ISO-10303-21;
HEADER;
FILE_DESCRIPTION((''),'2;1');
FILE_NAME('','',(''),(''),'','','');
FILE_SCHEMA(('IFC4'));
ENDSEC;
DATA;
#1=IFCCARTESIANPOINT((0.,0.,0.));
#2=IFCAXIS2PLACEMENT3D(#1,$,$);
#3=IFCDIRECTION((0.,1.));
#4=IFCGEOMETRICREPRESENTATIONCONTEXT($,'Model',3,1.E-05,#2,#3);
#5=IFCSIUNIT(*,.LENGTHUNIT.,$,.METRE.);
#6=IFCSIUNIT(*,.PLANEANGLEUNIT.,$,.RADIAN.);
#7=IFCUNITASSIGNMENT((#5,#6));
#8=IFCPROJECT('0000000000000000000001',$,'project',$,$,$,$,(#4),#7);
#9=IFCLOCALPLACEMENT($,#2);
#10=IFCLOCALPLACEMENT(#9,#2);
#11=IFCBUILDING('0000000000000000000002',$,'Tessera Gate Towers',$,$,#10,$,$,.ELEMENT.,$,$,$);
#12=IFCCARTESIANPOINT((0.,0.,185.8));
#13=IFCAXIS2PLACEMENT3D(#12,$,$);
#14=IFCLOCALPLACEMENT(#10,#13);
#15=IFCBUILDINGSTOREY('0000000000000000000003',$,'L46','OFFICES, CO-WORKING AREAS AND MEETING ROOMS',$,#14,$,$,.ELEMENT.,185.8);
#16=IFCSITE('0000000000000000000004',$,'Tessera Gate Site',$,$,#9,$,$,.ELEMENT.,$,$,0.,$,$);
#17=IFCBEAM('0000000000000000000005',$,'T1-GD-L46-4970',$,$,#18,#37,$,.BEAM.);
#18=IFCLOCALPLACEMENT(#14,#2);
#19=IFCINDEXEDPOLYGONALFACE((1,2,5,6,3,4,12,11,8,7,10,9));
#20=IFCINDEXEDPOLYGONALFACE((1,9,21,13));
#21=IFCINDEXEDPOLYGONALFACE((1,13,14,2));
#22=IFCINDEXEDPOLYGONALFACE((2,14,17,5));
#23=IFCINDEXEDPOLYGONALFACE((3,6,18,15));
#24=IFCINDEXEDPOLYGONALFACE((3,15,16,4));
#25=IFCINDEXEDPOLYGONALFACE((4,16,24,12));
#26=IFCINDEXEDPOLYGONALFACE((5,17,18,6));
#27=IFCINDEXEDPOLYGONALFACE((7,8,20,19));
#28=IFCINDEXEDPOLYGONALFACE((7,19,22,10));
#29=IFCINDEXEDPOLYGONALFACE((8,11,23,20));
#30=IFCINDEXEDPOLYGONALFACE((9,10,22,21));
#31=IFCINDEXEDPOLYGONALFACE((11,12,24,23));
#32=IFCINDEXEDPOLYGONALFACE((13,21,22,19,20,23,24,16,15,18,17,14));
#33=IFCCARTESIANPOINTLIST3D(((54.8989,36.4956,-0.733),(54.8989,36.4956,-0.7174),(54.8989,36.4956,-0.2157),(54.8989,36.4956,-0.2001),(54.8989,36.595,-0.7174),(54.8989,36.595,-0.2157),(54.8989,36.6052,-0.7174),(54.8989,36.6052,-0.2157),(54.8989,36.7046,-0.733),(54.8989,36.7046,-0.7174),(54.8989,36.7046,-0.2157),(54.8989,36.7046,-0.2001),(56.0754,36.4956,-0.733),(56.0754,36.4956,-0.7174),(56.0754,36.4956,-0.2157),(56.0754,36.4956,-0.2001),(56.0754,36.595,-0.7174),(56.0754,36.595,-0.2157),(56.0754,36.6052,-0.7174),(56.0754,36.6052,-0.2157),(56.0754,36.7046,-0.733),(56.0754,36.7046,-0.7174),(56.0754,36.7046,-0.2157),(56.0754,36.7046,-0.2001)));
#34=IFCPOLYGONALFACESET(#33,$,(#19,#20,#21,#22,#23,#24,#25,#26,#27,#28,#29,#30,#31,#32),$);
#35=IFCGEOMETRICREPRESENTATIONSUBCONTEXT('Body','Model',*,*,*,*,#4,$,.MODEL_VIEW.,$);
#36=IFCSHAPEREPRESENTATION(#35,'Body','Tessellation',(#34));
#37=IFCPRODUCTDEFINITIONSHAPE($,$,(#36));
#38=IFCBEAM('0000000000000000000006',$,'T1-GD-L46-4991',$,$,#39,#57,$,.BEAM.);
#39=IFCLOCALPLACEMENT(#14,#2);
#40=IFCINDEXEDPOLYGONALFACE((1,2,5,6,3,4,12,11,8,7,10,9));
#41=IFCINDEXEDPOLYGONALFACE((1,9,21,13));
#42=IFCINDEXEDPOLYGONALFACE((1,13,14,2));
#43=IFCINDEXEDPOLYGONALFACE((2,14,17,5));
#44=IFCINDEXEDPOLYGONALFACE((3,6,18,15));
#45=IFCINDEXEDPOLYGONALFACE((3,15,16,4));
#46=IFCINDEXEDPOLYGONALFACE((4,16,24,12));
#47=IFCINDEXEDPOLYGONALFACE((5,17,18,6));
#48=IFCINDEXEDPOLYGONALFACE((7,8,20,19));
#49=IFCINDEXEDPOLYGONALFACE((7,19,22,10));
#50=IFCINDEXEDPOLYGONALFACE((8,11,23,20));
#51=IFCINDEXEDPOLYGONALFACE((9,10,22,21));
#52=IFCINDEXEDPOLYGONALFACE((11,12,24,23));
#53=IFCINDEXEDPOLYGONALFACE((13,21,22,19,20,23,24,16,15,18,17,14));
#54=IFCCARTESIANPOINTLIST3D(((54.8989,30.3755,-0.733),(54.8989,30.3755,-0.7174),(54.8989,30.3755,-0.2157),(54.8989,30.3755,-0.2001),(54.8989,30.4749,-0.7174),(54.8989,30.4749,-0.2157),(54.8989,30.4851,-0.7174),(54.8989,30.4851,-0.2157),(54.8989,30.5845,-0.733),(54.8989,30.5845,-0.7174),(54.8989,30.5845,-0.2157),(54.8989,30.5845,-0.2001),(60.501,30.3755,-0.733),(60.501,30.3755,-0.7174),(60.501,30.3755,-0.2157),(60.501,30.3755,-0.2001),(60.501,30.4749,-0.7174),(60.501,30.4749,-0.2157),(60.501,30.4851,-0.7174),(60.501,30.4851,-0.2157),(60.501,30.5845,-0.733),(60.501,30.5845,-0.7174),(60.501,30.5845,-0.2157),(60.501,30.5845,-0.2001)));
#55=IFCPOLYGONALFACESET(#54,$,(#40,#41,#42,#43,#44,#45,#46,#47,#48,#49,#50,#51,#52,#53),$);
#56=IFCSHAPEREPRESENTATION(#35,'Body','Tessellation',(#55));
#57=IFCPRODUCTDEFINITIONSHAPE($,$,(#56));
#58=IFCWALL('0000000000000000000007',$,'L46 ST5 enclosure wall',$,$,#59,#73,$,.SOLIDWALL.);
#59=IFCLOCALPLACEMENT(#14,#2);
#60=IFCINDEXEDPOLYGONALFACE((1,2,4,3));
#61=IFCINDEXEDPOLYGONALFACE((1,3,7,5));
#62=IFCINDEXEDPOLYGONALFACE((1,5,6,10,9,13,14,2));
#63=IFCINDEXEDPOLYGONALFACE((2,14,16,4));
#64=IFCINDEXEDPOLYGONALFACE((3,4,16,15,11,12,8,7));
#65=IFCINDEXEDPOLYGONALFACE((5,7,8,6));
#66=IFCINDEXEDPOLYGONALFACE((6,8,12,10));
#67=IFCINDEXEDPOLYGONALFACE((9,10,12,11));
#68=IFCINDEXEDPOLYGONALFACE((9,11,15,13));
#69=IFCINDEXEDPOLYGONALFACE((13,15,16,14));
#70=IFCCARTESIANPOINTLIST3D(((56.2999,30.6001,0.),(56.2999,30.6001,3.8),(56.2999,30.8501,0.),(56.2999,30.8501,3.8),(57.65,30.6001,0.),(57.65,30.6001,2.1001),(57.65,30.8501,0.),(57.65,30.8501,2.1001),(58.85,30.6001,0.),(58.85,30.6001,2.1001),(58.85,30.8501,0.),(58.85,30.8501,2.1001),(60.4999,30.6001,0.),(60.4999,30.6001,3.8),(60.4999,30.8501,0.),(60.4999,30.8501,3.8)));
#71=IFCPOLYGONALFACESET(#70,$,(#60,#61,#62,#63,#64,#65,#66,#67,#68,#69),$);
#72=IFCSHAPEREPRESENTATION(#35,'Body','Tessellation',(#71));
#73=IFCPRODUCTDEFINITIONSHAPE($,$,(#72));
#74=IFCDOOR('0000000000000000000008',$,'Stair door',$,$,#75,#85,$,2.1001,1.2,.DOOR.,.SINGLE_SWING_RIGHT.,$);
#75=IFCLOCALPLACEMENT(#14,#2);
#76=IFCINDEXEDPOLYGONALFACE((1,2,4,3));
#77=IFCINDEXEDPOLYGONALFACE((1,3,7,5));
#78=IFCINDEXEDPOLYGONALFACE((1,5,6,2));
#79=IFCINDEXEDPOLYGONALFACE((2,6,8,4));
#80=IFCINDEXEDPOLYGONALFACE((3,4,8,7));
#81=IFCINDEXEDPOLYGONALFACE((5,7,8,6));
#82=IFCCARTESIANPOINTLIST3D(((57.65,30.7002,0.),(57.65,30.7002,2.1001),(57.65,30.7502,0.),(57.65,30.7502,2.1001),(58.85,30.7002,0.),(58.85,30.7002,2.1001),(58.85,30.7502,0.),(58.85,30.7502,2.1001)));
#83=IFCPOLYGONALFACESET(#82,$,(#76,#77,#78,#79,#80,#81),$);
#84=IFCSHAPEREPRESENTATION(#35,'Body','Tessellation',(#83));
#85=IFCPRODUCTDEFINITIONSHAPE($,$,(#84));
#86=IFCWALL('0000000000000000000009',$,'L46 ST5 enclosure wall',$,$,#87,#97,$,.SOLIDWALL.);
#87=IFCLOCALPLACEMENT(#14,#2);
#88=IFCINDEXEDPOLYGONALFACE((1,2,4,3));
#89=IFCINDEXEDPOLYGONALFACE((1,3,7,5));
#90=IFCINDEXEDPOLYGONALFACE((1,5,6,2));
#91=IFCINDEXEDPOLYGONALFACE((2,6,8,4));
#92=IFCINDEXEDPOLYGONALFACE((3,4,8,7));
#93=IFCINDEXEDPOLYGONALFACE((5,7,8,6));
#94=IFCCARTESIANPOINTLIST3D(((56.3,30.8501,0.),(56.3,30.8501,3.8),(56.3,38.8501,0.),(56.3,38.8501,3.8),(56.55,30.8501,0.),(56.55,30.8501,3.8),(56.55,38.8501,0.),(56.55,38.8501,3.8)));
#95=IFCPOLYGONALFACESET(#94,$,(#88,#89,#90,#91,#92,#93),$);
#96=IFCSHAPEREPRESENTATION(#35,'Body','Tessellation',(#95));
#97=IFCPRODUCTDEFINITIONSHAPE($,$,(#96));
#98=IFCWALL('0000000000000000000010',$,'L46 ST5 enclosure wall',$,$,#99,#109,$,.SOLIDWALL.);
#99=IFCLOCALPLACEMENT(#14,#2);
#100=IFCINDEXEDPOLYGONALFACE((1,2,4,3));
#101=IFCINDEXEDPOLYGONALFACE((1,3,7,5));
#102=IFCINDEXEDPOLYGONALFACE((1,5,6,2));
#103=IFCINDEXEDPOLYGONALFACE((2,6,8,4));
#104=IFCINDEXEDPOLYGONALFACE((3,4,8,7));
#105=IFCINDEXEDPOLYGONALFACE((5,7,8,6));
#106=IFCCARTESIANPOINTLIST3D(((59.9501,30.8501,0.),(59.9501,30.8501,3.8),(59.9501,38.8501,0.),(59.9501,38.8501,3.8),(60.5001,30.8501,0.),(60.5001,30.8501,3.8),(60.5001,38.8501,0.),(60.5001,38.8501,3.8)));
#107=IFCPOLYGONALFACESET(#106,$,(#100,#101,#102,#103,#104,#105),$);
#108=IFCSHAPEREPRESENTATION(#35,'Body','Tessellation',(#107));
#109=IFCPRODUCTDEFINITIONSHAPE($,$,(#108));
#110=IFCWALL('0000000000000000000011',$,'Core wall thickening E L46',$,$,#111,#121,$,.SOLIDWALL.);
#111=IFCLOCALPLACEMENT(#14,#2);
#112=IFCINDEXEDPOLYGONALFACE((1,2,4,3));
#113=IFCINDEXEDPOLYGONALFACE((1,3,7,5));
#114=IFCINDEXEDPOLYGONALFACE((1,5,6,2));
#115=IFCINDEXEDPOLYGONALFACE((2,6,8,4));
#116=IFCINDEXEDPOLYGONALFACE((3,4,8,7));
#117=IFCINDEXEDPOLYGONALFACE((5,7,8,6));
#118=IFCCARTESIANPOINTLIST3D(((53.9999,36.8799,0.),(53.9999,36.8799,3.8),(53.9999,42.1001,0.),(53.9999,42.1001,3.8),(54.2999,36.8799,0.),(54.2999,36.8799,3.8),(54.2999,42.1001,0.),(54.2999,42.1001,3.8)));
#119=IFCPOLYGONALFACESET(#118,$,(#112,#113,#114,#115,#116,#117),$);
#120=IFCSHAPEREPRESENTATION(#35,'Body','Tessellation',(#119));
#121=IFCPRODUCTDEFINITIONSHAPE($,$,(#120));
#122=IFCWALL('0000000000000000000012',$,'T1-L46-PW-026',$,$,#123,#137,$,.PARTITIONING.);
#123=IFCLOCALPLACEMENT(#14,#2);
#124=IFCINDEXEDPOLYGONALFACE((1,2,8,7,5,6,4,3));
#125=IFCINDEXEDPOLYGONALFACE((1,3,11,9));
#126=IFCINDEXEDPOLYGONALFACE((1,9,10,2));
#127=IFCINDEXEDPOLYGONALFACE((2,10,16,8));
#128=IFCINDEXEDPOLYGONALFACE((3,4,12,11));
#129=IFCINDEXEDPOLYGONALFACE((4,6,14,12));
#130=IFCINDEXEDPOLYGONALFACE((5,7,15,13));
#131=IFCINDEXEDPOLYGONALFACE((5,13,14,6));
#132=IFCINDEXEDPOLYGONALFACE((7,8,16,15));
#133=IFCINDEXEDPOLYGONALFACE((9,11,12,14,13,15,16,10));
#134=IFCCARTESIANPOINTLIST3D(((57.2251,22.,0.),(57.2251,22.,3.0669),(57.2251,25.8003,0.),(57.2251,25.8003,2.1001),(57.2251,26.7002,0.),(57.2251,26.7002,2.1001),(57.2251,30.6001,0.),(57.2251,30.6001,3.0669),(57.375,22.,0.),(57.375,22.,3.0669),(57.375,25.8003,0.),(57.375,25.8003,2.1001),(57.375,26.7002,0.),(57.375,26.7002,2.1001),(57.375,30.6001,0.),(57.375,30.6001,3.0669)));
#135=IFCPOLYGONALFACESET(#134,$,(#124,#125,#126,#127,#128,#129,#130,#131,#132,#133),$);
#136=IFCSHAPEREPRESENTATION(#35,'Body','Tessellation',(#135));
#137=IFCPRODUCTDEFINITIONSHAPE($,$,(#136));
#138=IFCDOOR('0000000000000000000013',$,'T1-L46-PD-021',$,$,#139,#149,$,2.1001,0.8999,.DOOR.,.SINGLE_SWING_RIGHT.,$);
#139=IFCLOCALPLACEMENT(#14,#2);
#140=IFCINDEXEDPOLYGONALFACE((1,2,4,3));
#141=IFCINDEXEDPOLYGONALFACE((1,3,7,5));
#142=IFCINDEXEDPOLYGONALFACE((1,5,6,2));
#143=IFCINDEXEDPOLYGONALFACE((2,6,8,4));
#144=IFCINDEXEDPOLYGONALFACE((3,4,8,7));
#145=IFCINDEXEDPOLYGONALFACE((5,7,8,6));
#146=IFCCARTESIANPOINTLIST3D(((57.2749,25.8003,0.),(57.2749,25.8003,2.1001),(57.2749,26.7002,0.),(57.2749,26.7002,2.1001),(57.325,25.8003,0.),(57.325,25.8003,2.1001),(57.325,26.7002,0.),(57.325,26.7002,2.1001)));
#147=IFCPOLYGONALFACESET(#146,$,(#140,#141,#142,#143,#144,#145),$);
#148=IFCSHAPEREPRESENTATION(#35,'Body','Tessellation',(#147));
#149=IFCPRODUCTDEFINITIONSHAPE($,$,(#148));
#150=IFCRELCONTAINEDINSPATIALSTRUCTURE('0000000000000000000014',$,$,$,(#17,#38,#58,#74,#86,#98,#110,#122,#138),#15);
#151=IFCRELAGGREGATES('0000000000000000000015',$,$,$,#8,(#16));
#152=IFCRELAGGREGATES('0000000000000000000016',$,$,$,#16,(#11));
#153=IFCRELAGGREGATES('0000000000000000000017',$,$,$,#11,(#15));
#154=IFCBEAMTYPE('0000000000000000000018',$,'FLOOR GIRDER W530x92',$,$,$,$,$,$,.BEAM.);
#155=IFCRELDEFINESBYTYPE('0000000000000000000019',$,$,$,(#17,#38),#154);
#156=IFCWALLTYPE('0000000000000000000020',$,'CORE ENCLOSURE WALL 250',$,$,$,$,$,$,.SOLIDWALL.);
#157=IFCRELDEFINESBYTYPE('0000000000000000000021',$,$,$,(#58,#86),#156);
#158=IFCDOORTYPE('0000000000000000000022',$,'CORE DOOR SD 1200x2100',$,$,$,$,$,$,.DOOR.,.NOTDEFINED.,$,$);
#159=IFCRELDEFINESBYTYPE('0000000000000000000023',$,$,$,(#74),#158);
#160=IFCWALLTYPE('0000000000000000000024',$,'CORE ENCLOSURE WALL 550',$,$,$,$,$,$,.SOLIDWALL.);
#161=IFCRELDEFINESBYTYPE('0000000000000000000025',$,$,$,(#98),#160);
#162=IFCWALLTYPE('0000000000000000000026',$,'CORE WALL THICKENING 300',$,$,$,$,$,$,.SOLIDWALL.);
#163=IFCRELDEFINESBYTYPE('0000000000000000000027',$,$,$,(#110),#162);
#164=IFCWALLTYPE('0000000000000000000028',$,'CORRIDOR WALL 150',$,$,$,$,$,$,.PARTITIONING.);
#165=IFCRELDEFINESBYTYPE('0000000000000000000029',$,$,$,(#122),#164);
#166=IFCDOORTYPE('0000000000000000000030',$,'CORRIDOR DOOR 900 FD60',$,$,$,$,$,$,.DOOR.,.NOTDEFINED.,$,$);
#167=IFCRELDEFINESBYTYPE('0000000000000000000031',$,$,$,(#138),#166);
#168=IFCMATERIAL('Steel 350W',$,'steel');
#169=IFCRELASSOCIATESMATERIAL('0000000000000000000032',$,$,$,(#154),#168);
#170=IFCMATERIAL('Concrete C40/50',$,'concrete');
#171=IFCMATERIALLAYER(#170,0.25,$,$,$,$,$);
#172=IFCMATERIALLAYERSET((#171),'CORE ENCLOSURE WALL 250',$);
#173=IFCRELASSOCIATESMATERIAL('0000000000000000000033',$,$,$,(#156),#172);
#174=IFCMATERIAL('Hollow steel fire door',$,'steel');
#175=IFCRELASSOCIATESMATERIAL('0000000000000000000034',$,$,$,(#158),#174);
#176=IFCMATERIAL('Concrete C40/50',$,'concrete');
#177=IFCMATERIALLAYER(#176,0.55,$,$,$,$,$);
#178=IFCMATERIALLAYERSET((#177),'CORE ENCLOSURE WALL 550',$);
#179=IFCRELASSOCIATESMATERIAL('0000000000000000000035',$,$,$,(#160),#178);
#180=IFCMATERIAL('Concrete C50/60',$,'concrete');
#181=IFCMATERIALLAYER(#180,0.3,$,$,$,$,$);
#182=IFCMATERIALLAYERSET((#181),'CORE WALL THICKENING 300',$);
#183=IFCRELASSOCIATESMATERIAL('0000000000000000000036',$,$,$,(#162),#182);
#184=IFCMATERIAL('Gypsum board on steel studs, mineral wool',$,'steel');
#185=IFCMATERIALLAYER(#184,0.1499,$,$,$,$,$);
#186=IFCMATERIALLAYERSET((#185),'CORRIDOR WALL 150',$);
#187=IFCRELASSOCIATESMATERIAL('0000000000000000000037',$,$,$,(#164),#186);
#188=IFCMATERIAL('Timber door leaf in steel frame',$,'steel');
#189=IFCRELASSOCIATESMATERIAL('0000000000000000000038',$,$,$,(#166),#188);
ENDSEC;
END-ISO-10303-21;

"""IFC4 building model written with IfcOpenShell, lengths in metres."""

from ifc_helpers import new_model, si_unit, direction, frame, frame_2d, origin, origin_2d, place, context, subcontext, project, spatial, rectangle, i_section, extrude, source, transform, mapped, material, layer, layer_set, material_profile, profile_set, type_object, element, fill, save


model = new_model("IFC4")

# Units and contexts
model_context = context("Model", 3, precision=1e-05, world=origin(), true_north=direction((0.0, 1.0)))
body_context = subcontext(model_context, "Body", "Model", "MODEL_VIEW")
ifc_project = project(units=[si_unit("LENGTHUNIT", "METRE"), si_unit("PLANEANGLEUNIT", "RADIAN")], contexts=[model_context])

# Site, building, storey
site_placement = place(None, origin())
site = spatial("IfcSite", under=ifc_project, at=site_placement, Name="Tessera Gate Site", CompositionType="ELEMENT", RefElevation=0.0)
building_placement = place(site_placement, origin())
building = spatial("IfcBuilding", under=site, at=building_placement, Name="Tessera Gate Towers", CompositionType="ELEMENT")
storey_placement = place(building_placement, frame((0.0, 0.0, 185.8)))
storey = spatial("IfcBuildingStorey", under=building, at=storey_placement, Name="L46", Description="OFFICES, CO-WORKING AREAS AND MEETING ROOMS", CompositionType="ELEMENT", Elevation=185.8)

# Beams
ifc_material_1 = material(Name="Steel 350W", Category="steel")
ifc_material_profile = material_profile(ifc_material_1, i_section(OverallWidth=0.209, OverallDepth=0.533, WebThickness=0.0103, FlangeThickness=0.0156, at=origin_2d()), Name="W530x92")
ifc_profile_set = profile_set([ifc_material_profile], Name="Steel 350W")
beam_type = type_object("IfcBeamType", Name="FLOOR GIRDER W530x92", PredefinedType="BEAM", material=ifc_profile_set)
beam_1_placement = place(storey_placement, frame((54.8989, 36.6001, -0.4666), z_axis=(1.0, 0.0, 0.0), x_axis=(0.0, 1.0, 0.0)))
element("IfcBeam", 1, at=beam_1_placement, inside=storey, type_object=beam_type, Name="T1-GD-L46-4970", PredefinedType="BEAM", context=body_context, shape_type="SweptSolid", body=[
    extrude(i_section(OverallWidth=0.209, OverallDepth=0.533, WebThickness=0.0103, FlangeThickness=0.0156, at=origin_2d()), origin(), (0.0, 0.0, 1.0), 1.1765),
])
beam_2_placement = place(storey_placement, frame((54.8989, 30.48, -0.4666), z_axis=(1.0, 0.0, 0.0), x_axis=(0.0, 1.0, 0.0)))
element("IfcBeam", 2, at=beam_2_placement, inside=storey, type_object=beam_type, Name="T1-GD-L46-4991", PredefinedType="BEAM", context=body_context, shape_type="SweptSolid", body=[
    extrude(i_section(OverallWidth=0.209, OverallDepth=0.533, WebThickness=0.0103, FlangeThickness=0.0156, at=origin_2d()), origin(), (0.0, 0.0, 1.0), 5.6021),
])

# Wall, opening, door
ifc_material_2 = material(Name="Concrete C40/50", Category="concrete")
ifc_layer_1 = layer(ifc_material_2, 0.25)
ifc_layer_set_1 = layer_set([ifc_layer_1], Name="CORE ENCLOSURE WALL 250")
wall_type_1 = type_object("IfcWallType", Name="CORE ENCLOSURE WALL 250", PredefinedType="SOLIDWALL", material=ifc_layer_set_1)
wall_1_placement = place(storey_placement, frame((60.5, 30.7251, 0.0), z_axis=(0.0, 0.0, 1.0), x_axis=(-1.0, 0.0, 0.0)))
wall_1 = element("IfcWall", 3, at=wall_1_placement, inside=storey, type_object=wall_type_1, Name="L46 ST5 enclosure wall", PredefinedType="SOLIDWALL", context=body_context, shape_type="SweptSolid", body=[
    extrude(rectangle(XDim=4.2, YDim=0.25, at=frame_2d((2.1001, 0.0))), origin(), (0.0, 0.0, 1.0), 3.8),
])
shared_shape_1 = source(origin(), body_context, "Body", "SweptSolid", [
    extrude(rectangle(XDim=1.2, YDim=2.1001, at=frame_2d((0.6001, 1.05))), frame((0.0, 0.135, 0.0), z_axis=(0.0, -1.0, 0.0), x_axis=(1.0, 0.0, 0.0)), (0.0, 0.0, 1.0), 0.27),
])
opening_1_placement = place(wall_1_placement, frame((1.6499, 0.0, 0.0)))
opening_1 = element("IfcOpeningElement", 4, at=opening_1_placement, cuts=wall_1, PredefinedType="OPENING", context=body_context, shape_type="MappedRepresentation", body=[
    mapped(shared_shape_1, transform((0.0, 0.0, 0.0), scale=1.0)),
])
ifc_material_3 = material(Name="Hollow steel fire door", Category="steel")
door_type_1 = type_object("IfcDoorType", Name="CORE DOOR SD 1200x2100", OperationType="NOTDEFINED", PredefinedType="DOOR", material=ifc_material_3)
shared_shape_2 = source(origin(), body_context, "Body", "SweptSolid", [
    extrude(rectangle(XDim=1.2, YDim=2.1001, at=frame_2d((0.6001, 1.05))), frame((0.0, 0.0249, 0.0), z_axis=(0.0, -1.0, 0.0), x_axis=(1.0, 0.0, 0.0)), (0.0, 0.0, 1.0), 0.05),
])
door_1_placement = place(opening_1_placement, origin())
door_1 = element("IfcDoor", 5, at=door_1_placement, inside=storey, type_object=door_type_1, Name="Stair door", OperationType="SINGLE_SWING_RIGHT", OverallHeight=2.1001, OverallWidth=1.2, PredefinedType="DOOR", context=body_context, shape_type="MappedRepresentation", body=[
    mapped(shared_shape_2, transform((0.0, 0.0, 0.0), scale=1.0)),
])
fill(opening_1, door_1)

# Walls
wall_2_placement = place(storey_placement, frame((56.425, 30.8501, 0.0), z_axis=(0.0, 0.0, 1.0), x_axis=(0.0, 1.0, 0.0)))
element("IfcWall", 6, at=wall_2_placement, inside=storey, type_object=wall_type_1, Name="L46 ST5 enclosure wall", PredefinedType="SOLIDWALL", context=body_context, shape_type="SweptSolid", body=[
    extrude(rectangle(XDim=8.0, YDim=0.25, at=frame_2d((4.0, 0.0))), origin(), (0.0, 0.0, 1.0), 3.8),
])
ifc_material_4 = material(Name="Concrete C40/50", Category="concrete")
ifc_layer_2 = layer(ifc_material_4, 0.55)
ifc_layer_set_2 = layer_set([ifc_layer_2], Name="CORE ENCLOSURE WALL 550")
wall_type_2 = type_object("IfcWallType", Name="CORE ENCLOSURE WALL 550", PredefinedType="SOLIDWALL", material=ifc_layer_set_2)
wall_3_placement = place(storey_placement, frame((60.2251, 38.8501, 0.0), z_axis=(0.0, 0.0, 1.0), x_axis=(0.0, -1.0, 0.0)))
element("IfcWall", 7, at=wall_3_placement, inside=storey, type_object=wall_type_2, Name="L46 ST5 enclosure wall", PredefinedType="SOLIDWALL", context=body_context, shape_type="SweptSolid", body=[
    extrude(rectangle(XDim=8.0, YDim=0.55, at=frame_2d((4.0, 0.0))), origin(), (0.0, 0.0, 1.0), 3.8),
])
ifc_material_5 = material(Name="Concrete C50/60", Category="concrete")
ifc_layer_3 = layer(ifc_material_5, 0.3)
ifc_layer_set_3 = layer_set([ifc_layer_3], Name="CORE WALL THICKENING 300")
wall_type_3 = type_object("IfcWallType", Name="CORE WALL THICKENING 300", PredefinedType="SOLIDWALL", material=ifc_layer_set_3)
wall_4_placement = place(storey_placement, frame((54.1499, 36.8799, 0.0), z_axis=(0.0, 0.0, 1.0), x_axis=(0.0, 1.0, 0.0)))
element("IfcWall", 8, at=wall_4_placement, inside=storey, type_object=wall_type_3, Name="Core wall thickening E L46", PredefinedType="SOLIDWALL", context=body_context, shape_type="SweptSolid", body=[
    extrude(rectangle(XDim=5.2202, YDim=0.3, at=frame_2d((2.6101, 0.0))), origin(), (0.0, 0.0, 1.0), 3.8),
])

# Wall, opening, door
ifc_material_6 = material(Name="Gypsum board on steel studs, mineral wool", Category="steel")
ifc_layer_4 = layer(ifc_material_6, 0.1499)
ifc_layer_set_4 = layer_set([ifc_layer_4], Name="CORRIDOR WALL 150")
wall_type_4 = type_object("IfcWallType", Name="CORRIDOR WALL 150", PredefinedType="PARTITIONING", material=ifc_layer_set_4)
wall_5_placement = place(storey_placement, frame((57.3, 30.6001, 0.0), z_axis=(0.0, 0.0, 1.0), x_axis=(0.0, -1.0, 0.0)))
wall_5 = element("IfcWall", 9, at=wall_5_placement, inside=storey, type_object=wall_type_4, Name="T1-L46-PW-026", PredefinedType="PARTITIONING", context=body_context, shape_type="SweptSolid", body=[
    extrude(rectangle(XDim=8.6001, YDim=0.1499, at=frame_2d((4.3, 0.0))), origin(), (0.0, 0.0, 1.0), 3.0669),
])
shared_shape_3 = source(origin(), body_context, "Body", "SweptSolid", [
    extrude(rectangle(XDim=0.8999, YDim=2.1001, at=frame_2d((0.45, 1.05))), frame((0.0, 0.085, 0.0), z_axis=(0.0, -1.0, 0.0), x_axis=(1.0, 0.0, 0.0)), (0.0, 0.0, 1.0), 0.1699),
])
opening_2_placement = place(wall_5_placement, frame((3.8999, 0.0, 0.0)))
opening_2 = element("IfcOpeningElement", 10, at=opening_2_placement, cuts=wall_5, PredefinedType="OPENING", context=body_context, shape_type="MappedRepresentation", body=[
    mapped(shared_shape_3, transform((0.0, 0.0, 0.0), scale=1.0)),
])
ifc_material_7 = material(Name="Timber door leaf in steel frame", Category="steel")
door_type_2 = type_object("IfcDoorType", Name="CORRIDOR DOOR 900 FD60", OperationType="NOTDEFINED", PredefinedType="DOOR", material=ifc_material_7)
shared_shape_4 = source(origin(), body_context, "Body", "SweptSolid", [
    extrude(rectangle(XDim=0.8999, YDim=2.1001, at=frame_2d((0.45, 1.05))), frame((0.0, 0.0249, 0.0), z_axis=(0.0, -1.0, 0.0), x_axis=(1.0, 0.0, 0.0)), (0.0, 0.0, 1.0), 0.05),
])
door_2_placement = place(opening_2_placement, origin())
door_2 = element("IfcDoor", 11, at=door_2_placement, inside=storey, type_object=door_type_2, Name="T1-L46-PD-021", OperationType="SINGLE_SWING_RIGHT", OverallHeight=2.1001, OverallWidth=0.8999, PredefinedType="DOOR", context=body_context, shape_type="MappedRepresentation", body=[
    mapped(shared_shape_4, transform((0.0, 0.0, 0.0), scale=1.0)),
])
fill(opening_2, door_2)

save(model, "model.ifc")
